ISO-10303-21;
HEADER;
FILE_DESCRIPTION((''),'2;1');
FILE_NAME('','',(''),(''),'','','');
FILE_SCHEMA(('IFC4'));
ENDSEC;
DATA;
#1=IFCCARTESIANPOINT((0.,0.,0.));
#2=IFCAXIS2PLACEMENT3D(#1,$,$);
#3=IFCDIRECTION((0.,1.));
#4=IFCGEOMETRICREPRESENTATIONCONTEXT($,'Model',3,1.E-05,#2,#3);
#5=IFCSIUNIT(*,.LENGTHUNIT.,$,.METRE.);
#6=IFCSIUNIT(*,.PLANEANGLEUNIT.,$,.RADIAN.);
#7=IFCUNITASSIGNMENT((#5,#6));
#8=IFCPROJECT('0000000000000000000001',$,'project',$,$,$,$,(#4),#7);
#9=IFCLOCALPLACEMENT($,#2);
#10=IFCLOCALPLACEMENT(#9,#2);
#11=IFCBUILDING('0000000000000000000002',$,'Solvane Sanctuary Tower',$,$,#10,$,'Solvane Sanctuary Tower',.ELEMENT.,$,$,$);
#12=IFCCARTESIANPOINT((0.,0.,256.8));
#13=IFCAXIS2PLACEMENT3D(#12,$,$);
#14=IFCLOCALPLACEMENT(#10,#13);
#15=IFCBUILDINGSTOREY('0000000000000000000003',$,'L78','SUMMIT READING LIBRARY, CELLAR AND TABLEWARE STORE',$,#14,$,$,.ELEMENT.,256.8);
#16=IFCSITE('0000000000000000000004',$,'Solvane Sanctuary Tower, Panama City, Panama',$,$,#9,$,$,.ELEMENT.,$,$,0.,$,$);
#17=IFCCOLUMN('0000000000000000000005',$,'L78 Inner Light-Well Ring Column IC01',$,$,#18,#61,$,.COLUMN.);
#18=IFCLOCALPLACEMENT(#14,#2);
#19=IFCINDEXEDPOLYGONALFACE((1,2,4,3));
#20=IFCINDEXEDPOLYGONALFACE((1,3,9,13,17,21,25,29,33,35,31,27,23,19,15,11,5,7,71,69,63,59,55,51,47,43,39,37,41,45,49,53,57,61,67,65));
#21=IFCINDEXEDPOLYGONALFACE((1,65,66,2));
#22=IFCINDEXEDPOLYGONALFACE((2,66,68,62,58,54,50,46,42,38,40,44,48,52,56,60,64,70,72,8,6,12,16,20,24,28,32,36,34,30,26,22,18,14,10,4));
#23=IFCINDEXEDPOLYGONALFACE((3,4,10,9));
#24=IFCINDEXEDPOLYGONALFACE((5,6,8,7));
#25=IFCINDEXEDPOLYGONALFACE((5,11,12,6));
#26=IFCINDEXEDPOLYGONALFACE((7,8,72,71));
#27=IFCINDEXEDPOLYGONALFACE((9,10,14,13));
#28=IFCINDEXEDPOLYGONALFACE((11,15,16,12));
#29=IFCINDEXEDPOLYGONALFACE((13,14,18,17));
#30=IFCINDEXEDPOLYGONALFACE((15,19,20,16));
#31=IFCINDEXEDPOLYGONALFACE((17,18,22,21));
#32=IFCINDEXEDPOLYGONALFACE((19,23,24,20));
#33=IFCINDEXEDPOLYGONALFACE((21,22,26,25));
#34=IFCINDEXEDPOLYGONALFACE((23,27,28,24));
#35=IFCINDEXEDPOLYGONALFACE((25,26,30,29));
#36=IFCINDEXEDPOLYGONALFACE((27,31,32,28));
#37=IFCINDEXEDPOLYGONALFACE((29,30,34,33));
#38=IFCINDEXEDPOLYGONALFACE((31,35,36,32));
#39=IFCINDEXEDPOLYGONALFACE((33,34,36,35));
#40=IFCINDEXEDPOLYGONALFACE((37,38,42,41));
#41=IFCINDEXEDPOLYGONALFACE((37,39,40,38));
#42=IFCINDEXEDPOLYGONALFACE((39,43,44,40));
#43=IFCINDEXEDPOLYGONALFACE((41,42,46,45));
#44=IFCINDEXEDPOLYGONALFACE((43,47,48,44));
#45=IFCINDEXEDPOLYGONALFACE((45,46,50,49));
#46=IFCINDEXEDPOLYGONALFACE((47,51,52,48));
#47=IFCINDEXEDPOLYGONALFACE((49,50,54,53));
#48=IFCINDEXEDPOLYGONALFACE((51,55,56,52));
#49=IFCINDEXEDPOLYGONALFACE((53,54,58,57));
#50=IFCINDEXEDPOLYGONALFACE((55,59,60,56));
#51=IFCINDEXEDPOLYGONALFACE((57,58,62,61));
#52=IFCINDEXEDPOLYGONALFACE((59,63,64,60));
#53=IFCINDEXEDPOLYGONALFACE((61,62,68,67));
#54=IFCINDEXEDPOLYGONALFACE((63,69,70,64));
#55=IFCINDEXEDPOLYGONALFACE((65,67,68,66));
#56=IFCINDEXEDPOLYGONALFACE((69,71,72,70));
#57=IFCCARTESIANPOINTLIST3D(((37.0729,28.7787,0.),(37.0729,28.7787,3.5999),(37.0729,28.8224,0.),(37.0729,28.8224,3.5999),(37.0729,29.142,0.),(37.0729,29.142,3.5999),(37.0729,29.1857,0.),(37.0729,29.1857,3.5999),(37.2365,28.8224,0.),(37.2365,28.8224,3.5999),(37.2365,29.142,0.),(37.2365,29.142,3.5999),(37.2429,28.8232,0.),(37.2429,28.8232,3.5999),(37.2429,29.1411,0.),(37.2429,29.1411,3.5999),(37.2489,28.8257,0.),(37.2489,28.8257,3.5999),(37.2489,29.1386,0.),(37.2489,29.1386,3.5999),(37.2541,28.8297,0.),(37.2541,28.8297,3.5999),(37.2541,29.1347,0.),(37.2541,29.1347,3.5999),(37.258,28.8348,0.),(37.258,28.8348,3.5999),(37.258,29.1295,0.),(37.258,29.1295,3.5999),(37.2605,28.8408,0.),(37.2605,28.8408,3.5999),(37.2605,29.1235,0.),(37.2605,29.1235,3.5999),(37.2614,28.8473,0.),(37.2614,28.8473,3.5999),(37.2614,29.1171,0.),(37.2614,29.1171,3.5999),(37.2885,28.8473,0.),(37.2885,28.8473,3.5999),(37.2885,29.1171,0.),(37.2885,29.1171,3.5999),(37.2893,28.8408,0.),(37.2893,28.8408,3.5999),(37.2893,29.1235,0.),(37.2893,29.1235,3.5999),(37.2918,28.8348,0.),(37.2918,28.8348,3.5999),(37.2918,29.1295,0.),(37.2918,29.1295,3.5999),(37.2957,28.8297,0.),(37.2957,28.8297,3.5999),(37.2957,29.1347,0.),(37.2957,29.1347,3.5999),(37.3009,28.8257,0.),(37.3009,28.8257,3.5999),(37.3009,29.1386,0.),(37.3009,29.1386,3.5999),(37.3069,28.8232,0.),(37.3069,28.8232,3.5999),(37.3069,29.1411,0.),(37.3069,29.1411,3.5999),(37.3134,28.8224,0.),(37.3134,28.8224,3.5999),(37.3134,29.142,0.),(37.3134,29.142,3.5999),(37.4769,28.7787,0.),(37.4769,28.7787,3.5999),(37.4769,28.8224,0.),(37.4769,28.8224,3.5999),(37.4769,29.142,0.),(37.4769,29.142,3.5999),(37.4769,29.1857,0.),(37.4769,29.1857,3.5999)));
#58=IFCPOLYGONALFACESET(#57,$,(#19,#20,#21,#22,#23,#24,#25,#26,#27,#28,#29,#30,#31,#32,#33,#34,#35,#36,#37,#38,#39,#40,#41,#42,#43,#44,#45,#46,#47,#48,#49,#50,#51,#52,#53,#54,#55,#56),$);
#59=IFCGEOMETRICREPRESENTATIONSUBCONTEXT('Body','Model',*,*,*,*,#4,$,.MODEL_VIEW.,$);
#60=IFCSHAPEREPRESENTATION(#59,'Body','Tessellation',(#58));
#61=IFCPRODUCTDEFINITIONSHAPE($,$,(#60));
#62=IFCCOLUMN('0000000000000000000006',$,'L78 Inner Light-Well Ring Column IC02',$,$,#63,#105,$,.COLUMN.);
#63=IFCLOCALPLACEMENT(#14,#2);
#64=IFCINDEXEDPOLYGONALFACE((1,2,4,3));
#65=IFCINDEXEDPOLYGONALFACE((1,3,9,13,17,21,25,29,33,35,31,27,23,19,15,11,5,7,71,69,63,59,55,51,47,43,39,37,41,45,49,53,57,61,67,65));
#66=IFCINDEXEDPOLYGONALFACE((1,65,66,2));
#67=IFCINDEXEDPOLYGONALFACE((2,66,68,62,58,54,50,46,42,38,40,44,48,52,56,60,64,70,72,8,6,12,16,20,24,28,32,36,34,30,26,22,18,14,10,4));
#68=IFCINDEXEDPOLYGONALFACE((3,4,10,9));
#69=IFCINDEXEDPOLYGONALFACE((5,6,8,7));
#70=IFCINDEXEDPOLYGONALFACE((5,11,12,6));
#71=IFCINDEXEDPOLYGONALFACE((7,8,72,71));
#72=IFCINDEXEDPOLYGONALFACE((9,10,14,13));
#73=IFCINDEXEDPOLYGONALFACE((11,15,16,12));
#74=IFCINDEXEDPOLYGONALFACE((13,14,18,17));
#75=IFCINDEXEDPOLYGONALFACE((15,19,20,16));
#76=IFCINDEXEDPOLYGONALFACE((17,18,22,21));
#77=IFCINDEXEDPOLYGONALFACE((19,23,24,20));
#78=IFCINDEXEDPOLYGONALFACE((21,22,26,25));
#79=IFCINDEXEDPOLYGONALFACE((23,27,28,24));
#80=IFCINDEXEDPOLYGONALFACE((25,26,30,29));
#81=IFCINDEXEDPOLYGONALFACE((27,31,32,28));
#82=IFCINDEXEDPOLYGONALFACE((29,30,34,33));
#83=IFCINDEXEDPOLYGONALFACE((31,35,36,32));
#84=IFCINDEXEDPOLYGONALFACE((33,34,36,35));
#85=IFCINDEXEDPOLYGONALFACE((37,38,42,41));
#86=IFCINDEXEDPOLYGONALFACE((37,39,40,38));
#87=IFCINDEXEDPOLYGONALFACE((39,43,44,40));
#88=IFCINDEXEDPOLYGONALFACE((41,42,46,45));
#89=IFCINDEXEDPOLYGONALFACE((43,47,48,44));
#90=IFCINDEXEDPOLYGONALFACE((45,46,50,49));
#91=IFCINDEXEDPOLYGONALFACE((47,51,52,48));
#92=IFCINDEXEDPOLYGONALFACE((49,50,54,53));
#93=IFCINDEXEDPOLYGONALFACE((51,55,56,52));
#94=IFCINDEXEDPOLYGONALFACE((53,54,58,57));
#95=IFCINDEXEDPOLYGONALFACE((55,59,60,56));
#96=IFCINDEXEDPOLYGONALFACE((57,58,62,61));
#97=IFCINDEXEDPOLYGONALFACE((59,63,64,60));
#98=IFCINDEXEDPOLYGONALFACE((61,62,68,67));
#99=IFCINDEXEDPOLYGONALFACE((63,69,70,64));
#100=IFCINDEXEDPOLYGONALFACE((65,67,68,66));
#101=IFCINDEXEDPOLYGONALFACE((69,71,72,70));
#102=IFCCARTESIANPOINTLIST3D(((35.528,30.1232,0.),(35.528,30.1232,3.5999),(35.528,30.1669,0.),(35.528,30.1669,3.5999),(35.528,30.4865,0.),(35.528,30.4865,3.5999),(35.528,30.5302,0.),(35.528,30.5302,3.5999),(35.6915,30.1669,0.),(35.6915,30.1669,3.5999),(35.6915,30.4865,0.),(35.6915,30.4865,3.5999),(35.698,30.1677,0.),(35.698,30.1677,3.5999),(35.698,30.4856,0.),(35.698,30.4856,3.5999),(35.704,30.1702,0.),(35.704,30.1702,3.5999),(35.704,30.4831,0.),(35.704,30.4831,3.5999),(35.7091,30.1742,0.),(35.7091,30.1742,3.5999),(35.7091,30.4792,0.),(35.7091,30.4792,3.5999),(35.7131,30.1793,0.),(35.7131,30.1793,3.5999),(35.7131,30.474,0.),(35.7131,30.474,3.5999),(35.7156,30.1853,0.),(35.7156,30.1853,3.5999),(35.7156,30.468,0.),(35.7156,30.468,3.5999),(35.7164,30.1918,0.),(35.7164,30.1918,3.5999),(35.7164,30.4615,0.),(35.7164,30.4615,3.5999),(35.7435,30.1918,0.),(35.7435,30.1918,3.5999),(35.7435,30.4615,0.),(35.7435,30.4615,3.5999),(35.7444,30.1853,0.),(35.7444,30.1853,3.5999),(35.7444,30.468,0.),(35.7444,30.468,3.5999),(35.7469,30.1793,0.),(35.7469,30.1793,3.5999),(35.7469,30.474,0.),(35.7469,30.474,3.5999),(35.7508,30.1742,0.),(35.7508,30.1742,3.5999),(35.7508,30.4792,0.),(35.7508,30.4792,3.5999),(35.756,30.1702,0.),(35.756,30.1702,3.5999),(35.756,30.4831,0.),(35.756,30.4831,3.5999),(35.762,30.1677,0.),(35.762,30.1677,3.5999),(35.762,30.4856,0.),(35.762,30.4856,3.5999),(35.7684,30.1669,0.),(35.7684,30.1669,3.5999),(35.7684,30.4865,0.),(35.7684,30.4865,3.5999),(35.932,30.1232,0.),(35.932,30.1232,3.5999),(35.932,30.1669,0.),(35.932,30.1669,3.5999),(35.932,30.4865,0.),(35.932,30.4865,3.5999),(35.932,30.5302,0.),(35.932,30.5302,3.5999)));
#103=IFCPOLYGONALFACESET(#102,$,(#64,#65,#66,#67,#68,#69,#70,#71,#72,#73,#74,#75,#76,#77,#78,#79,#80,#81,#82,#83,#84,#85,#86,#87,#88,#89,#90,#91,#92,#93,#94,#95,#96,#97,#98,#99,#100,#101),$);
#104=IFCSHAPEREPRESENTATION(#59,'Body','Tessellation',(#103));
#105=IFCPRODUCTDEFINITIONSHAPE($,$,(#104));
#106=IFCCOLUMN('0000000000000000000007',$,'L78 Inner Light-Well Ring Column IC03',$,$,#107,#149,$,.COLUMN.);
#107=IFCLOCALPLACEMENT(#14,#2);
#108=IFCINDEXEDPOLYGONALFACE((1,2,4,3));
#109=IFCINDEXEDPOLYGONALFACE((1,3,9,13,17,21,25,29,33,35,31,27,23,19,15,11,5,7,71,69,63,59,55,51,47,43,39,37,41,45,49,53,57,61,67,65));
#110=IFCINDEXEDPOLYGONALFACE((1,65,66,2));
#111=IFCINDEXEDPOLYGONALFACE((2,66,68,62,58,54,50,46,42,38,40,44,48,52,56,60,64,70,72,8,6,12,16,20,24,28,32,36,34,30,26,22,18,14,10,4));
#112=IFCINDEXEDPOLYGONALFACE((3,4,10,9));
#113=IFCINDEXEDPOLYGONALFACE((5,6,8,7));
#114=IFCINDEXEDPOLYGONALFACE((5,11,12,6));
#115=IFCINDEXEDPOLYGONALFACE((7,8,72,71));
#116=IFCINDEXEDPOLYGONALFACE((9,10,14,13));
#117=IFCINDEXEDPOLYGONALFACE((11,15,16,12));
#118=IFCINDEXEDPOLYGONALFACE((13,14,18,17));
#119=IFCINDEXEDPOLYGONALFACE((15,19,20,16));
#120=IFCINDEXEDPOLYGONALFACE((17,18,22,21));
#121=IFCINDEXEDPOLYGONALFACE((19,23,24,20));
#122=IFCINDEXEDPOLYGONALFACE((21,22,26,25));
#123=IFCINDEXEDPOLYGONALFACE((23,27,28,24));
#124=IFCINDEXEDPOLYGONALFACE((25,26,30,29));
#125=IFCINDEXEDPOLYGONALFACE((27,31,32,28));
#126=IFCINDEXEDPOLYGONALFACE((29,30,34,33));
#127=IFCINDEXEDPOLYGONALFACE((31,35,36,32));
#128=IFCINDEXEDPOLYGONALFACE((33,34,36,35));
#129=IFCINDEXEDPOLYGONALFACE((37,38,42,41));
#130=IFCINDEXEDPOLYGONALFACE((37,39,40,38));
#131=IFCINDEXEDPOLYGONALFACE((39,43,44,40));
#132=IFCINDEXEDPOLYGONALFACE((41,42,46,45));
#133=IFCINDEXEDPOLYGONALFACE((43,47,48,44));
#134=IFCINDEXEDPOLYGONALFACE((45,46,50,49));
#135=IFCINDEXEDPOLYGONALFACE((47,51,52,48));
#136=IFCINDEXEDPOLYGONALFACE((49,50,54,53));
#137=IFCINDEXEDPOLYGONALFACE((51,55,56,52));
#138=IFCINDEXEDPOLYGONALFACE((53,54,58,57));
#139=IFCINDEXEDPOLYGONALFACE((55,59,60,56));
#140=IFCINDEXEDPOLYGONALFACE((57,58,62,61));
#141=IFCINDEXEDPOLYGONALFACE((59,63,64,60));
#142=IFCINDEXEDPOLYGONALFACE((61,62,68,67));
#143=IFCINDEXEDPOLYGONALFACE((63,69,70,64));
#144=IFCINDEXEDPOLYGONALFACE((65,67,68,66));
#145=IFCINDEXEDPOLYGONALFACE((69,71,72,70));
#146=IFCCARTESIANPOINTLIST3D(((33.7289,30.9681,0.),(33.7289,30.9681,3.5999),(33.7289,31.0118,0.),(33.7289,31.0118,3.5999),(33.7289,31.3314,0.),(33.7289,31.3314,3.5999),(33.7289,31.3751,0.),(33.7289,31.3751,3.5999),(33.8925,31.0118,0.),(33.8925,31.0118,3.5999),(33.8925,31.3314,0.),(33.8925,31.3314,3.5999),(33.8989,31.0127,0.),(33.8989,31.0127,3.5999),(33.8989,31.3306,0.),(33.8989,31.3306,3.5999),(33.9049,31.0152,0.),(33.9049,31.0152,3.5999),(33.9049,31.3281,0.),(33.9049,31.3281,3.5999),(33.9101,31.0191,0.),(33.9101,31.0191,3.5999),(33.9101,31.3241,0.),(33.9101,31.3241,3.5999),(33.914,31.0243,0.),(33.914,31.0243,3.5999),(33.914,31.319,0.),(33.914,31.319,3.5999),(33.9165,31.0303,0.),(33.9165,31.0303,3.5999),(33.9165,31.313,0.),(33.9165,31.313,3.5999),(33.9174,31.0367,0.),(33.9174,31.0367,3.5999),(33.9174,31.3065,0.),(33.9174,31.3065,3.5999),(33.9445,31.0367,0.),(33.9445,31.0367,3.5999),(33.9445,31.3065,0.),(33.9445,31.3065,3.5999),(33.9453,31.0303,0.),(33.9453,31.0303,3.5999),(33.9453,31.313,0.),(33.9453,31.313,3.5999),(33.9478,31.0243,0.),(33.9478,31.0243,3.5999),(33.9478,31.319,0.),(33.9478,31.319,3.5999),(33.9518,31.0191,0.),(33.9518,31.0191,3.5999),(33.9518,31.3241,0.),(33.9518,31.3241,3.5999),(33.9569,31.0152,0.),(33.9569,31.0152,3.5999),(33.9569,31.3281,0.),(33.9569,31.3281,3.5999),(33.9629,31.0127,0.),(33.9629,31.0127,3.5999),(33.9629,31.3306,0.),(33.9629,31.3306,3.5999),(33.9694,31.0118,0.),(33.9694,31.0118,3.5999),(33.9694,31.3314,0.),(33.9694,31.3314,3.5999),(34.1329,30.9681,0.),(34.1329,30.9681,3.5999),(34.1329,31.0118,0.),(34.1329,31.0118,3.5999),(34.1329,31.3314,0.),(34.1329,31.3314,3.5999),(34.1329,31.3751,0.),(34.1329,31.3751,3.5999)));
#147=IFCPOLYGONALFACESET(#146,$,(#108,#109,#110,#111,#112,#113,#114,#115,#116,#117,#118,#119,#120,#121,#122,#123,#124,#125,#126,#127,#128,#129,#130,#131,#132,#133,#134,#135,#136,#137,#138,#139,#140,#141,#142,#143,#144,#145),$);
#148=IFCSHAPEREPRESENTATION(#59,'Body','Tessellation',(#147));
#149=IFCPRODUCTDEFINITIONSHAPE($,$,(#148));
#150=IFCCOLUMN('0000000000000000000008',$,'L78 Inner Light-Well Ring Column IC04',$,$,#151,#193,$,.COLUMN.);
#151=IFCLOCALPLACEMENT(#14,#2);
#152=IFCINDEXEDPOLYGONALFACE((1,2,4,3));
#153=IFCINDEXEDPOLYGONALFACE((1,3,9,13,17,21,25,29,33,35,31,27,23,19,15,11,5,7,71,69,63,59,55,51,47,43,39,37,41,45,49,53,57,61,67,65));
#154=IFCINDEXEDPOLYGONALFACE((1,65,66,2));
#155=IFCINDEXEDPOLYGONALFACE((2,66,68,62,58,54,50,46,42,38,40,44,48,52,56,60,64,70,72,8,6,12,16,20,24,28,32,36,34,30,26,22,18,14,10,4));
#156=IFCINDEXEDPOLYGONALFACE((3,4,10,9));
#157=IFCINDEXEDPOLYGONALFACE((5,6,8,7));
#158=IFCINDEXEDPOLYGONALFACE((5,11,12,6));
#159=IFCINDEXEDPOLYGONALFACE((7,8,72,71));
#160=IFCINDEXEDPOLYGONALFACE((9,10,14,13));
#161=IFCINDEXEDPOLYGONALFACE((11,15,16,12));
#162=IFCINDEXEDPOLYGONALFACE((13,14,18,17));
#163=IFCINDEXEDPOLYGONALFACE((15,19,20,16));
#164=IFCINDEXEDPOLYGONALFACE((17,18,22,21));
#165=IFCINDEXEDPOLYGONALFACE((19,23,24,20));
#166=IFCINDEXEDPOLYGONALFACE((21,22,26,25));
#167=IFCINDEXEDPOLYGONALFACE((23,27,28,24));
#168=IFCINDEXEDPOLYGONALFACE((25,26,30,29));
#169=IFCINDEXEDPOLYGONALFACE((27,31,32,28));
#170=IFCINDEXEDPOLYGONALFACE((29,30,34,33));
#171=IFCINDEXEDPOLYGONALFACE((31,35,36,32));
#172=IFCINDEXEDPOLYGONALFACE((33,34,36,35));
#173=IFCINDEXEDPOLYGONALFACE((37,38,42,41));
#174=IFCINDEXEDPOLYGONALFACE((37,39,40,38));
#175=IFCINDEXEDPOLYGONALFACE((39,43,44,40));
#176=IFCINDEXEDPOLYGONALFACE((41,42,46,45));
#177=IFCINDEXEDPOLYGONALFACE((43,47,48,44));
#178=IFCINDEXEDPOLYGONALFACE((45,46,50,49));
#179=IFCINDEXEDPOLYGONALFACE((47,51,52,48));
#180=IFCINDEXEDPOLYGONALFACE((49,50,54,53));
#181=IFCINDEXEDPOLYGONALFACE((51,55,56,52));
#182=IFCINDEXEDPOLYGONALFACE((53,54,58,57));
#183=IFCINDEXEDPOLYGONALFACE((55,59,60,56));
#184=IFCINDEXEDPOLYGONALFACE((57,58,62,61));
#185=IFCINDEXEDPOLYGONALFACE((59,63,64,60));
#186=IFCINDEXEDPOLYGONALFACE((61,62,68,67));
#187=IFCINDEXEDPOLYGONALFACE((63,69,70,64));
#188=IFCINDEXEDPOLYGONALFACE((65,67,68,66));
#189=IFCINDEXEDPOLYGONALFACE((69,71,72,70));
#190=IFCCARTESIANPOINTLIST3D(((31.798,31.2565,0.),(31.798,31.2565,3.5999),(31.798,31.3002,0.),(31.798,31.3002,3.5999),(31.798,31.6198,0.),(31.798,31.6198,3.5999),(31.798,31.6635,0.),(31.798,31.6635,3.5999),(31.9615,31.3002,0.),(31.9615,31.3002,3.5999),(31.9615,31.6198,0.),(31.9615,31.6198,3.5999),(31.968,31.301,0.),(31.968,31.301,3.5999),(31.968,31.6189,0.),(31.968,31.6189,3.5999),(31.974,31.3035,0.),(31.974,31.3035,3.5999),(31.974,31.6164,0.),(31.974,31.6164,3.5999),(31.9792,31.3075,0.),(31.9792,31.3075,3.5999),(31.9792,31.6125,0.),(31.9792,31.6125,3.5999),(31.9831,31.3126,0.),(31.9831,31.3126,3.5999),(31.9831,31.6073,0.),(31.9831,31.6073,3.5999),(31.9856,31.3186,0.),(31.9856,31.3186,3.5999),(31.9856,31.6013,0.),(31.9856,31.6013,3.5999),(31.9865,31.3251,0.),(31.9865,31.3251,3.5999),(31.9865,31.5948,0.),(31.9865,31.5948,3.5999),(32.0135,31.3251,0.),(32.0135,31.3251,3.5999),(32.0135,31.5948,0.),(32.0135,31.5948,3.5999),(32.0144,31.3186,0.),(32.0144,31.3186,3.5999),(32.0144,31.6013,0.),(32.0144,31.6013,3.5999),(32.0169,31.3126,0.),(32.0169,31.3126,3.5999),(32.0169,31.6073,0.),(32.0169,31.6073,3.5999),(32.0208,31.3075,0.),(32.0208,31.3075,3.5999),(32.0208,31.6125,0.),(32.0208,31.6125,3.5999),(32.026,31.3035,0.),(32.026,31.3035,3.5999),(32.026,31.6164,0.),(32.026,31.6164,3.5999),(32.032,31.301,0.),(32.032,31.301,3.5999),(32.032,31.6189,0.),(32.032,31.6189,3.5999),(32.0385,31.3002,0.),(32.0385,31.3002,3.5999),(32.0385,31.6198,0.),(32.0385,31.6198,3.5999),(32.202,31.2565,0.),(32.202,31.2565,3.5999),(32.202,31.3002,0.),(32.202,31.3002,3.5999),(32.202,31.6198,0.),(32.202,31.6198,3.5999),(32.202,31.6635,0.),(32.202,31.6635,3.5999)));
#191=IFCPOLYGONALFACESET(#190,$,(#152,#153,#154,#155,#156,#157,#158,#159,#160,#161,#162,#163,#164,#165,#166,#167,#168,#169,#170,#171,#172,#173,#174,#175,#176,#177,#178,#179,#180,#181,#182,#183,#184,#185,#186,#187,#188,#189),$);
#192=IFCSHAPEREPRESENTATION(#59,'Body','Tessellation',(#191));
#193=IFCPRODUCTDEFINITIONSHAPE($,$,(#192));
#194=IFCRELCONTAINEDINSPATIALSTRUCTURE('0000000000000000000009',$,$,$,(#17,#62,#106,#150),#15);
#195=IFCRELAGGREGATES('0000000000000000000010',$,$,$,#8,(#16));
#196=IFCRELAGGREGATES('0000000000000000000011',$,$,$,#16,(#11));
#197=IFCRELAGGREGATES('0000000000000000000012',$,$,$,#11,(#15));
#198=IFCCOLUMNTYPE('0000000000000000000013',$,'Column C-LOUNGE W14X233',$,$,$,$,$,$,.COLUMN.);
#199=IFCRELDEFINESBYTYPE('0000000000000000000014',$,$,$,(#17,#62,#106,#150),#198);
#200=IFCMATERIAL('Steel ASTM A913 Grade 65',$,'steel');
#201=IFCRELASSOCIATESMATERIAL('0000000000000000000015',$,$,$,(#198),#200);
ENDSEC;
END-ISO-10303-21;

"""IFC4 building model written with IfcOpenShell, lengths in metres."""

from ifc_helpers import new_model, si_unit, direction, frame, origin, origin_2d, place, context, subcontext, project, spatial, i_section, extrude, material, material_profile, profile_set, type_object, element, save


model = new_model("IFC4")

# Units and contexts
model_context = context("Model", 3, precision=1e-05, world=origin(), true_north=direction((0.0, 1.0)))
body_context = subcontext(model_context, "Body", "Model", "MODEL_VIEW")
ifc_project = project(units=[si_unit("LENGTHUNIT", "METRE"), si_unit("PLANEANGLEUNIT", "RADIAN")], contexts=[model_context])

# Site, building, storey
site_placement = place(None, origin())
site = spatial("IfcSite", under=ifc_project, at=site_placement, Name="Solvane Sanctuary Tower, Panama City, Panama", CompositionType="ELEMENT", RefElevation=0.0)
building_placement = place(site_placement, origin())
building = spatial("IfcBuilding", under=site, at=building_placement, Name="Solvane Sanctuary Tower", LongName="Solvane Sanctuary Tower", CompositionType="ELEMENT")
storey_placement = place(building_placement, frame((0.0, 0.0, 256.8)))
storey = spatial("IfcBuildingStorey", under=building, at=storey_placement, Name="L78", Description="SUMMIT READING LIBRARY, CELLAR AND TABLEWARE STORE", CompositionType="ELEMENT", Elevation=256.8)

# Columns
ifc_material_1 = material(Name="Steel ASTM A913 Grade 65", Category="steel")
ifc_material_profile_1 = material_profile(ifc_material_1, i_section(OverallWidth=0.4041, OverallDepth=0.407, WebThickness=0.0271, FlangeThickness=0.0437, FilletRadius=0.0249, at=origin_2d()), Name="W14X233")
ifc_profile_set_1 = profile_set([ifc_material_profile_1], Name="Steel ASTM A913 Grade 65")
column_type = type_object("IfcColumnType", Name="Column C-LOUNGE W14X233", PredefinedType="COLUMN", material=ifc_profile_set_1)
for number, where, z_axis, x_axis, name in (
    (1, (37.2749, 28.9822, 0.0), (0.0, 0.0, 1.0), (1.0, 0.0, 0.0), "L78 Inner Light-Well Ring Column IC01"),
    (2, (35.73, 30.3267, 0.0), (0.0, 0.0, 1.0), (1.0, 0.0, 0.0), "L78 Inner Light-Well Ring Column IC02"),
    (3, (33.9309, 31.1716, 0.0), (0.0, 0.0, 1.0), (1.0, 0.0, 0.0), "L78 Inner Light-Well Ring Column IC03"),
    (4, (32.0, 31.46, 0.0), (0.0, 0.0, 1.0), (1.0, 0.0, 0.0), "L78 Inner Light-Well Ring Column IC04"),
):
    element("IfcColumn", number, at=place(storey_placement, frame(where, z_axis=z_axis, x_axis=x_axis)), inside=storey, type_object=column_type, Name=name, PredefinedType="COLUMN", context=body_context, shape_type="SweptSolid", body=[
        extrude(i_section(OverallWidth=0.4041, OverallDepth=0.407, WebThickness=0.0271, FlangeThickness=0.0437, FilletRadius=0.0249, at=origin_2d()), origin(), (0.0, 0.0, 1.0), 3.5999),
    ])

save(model, "model.ifc")
